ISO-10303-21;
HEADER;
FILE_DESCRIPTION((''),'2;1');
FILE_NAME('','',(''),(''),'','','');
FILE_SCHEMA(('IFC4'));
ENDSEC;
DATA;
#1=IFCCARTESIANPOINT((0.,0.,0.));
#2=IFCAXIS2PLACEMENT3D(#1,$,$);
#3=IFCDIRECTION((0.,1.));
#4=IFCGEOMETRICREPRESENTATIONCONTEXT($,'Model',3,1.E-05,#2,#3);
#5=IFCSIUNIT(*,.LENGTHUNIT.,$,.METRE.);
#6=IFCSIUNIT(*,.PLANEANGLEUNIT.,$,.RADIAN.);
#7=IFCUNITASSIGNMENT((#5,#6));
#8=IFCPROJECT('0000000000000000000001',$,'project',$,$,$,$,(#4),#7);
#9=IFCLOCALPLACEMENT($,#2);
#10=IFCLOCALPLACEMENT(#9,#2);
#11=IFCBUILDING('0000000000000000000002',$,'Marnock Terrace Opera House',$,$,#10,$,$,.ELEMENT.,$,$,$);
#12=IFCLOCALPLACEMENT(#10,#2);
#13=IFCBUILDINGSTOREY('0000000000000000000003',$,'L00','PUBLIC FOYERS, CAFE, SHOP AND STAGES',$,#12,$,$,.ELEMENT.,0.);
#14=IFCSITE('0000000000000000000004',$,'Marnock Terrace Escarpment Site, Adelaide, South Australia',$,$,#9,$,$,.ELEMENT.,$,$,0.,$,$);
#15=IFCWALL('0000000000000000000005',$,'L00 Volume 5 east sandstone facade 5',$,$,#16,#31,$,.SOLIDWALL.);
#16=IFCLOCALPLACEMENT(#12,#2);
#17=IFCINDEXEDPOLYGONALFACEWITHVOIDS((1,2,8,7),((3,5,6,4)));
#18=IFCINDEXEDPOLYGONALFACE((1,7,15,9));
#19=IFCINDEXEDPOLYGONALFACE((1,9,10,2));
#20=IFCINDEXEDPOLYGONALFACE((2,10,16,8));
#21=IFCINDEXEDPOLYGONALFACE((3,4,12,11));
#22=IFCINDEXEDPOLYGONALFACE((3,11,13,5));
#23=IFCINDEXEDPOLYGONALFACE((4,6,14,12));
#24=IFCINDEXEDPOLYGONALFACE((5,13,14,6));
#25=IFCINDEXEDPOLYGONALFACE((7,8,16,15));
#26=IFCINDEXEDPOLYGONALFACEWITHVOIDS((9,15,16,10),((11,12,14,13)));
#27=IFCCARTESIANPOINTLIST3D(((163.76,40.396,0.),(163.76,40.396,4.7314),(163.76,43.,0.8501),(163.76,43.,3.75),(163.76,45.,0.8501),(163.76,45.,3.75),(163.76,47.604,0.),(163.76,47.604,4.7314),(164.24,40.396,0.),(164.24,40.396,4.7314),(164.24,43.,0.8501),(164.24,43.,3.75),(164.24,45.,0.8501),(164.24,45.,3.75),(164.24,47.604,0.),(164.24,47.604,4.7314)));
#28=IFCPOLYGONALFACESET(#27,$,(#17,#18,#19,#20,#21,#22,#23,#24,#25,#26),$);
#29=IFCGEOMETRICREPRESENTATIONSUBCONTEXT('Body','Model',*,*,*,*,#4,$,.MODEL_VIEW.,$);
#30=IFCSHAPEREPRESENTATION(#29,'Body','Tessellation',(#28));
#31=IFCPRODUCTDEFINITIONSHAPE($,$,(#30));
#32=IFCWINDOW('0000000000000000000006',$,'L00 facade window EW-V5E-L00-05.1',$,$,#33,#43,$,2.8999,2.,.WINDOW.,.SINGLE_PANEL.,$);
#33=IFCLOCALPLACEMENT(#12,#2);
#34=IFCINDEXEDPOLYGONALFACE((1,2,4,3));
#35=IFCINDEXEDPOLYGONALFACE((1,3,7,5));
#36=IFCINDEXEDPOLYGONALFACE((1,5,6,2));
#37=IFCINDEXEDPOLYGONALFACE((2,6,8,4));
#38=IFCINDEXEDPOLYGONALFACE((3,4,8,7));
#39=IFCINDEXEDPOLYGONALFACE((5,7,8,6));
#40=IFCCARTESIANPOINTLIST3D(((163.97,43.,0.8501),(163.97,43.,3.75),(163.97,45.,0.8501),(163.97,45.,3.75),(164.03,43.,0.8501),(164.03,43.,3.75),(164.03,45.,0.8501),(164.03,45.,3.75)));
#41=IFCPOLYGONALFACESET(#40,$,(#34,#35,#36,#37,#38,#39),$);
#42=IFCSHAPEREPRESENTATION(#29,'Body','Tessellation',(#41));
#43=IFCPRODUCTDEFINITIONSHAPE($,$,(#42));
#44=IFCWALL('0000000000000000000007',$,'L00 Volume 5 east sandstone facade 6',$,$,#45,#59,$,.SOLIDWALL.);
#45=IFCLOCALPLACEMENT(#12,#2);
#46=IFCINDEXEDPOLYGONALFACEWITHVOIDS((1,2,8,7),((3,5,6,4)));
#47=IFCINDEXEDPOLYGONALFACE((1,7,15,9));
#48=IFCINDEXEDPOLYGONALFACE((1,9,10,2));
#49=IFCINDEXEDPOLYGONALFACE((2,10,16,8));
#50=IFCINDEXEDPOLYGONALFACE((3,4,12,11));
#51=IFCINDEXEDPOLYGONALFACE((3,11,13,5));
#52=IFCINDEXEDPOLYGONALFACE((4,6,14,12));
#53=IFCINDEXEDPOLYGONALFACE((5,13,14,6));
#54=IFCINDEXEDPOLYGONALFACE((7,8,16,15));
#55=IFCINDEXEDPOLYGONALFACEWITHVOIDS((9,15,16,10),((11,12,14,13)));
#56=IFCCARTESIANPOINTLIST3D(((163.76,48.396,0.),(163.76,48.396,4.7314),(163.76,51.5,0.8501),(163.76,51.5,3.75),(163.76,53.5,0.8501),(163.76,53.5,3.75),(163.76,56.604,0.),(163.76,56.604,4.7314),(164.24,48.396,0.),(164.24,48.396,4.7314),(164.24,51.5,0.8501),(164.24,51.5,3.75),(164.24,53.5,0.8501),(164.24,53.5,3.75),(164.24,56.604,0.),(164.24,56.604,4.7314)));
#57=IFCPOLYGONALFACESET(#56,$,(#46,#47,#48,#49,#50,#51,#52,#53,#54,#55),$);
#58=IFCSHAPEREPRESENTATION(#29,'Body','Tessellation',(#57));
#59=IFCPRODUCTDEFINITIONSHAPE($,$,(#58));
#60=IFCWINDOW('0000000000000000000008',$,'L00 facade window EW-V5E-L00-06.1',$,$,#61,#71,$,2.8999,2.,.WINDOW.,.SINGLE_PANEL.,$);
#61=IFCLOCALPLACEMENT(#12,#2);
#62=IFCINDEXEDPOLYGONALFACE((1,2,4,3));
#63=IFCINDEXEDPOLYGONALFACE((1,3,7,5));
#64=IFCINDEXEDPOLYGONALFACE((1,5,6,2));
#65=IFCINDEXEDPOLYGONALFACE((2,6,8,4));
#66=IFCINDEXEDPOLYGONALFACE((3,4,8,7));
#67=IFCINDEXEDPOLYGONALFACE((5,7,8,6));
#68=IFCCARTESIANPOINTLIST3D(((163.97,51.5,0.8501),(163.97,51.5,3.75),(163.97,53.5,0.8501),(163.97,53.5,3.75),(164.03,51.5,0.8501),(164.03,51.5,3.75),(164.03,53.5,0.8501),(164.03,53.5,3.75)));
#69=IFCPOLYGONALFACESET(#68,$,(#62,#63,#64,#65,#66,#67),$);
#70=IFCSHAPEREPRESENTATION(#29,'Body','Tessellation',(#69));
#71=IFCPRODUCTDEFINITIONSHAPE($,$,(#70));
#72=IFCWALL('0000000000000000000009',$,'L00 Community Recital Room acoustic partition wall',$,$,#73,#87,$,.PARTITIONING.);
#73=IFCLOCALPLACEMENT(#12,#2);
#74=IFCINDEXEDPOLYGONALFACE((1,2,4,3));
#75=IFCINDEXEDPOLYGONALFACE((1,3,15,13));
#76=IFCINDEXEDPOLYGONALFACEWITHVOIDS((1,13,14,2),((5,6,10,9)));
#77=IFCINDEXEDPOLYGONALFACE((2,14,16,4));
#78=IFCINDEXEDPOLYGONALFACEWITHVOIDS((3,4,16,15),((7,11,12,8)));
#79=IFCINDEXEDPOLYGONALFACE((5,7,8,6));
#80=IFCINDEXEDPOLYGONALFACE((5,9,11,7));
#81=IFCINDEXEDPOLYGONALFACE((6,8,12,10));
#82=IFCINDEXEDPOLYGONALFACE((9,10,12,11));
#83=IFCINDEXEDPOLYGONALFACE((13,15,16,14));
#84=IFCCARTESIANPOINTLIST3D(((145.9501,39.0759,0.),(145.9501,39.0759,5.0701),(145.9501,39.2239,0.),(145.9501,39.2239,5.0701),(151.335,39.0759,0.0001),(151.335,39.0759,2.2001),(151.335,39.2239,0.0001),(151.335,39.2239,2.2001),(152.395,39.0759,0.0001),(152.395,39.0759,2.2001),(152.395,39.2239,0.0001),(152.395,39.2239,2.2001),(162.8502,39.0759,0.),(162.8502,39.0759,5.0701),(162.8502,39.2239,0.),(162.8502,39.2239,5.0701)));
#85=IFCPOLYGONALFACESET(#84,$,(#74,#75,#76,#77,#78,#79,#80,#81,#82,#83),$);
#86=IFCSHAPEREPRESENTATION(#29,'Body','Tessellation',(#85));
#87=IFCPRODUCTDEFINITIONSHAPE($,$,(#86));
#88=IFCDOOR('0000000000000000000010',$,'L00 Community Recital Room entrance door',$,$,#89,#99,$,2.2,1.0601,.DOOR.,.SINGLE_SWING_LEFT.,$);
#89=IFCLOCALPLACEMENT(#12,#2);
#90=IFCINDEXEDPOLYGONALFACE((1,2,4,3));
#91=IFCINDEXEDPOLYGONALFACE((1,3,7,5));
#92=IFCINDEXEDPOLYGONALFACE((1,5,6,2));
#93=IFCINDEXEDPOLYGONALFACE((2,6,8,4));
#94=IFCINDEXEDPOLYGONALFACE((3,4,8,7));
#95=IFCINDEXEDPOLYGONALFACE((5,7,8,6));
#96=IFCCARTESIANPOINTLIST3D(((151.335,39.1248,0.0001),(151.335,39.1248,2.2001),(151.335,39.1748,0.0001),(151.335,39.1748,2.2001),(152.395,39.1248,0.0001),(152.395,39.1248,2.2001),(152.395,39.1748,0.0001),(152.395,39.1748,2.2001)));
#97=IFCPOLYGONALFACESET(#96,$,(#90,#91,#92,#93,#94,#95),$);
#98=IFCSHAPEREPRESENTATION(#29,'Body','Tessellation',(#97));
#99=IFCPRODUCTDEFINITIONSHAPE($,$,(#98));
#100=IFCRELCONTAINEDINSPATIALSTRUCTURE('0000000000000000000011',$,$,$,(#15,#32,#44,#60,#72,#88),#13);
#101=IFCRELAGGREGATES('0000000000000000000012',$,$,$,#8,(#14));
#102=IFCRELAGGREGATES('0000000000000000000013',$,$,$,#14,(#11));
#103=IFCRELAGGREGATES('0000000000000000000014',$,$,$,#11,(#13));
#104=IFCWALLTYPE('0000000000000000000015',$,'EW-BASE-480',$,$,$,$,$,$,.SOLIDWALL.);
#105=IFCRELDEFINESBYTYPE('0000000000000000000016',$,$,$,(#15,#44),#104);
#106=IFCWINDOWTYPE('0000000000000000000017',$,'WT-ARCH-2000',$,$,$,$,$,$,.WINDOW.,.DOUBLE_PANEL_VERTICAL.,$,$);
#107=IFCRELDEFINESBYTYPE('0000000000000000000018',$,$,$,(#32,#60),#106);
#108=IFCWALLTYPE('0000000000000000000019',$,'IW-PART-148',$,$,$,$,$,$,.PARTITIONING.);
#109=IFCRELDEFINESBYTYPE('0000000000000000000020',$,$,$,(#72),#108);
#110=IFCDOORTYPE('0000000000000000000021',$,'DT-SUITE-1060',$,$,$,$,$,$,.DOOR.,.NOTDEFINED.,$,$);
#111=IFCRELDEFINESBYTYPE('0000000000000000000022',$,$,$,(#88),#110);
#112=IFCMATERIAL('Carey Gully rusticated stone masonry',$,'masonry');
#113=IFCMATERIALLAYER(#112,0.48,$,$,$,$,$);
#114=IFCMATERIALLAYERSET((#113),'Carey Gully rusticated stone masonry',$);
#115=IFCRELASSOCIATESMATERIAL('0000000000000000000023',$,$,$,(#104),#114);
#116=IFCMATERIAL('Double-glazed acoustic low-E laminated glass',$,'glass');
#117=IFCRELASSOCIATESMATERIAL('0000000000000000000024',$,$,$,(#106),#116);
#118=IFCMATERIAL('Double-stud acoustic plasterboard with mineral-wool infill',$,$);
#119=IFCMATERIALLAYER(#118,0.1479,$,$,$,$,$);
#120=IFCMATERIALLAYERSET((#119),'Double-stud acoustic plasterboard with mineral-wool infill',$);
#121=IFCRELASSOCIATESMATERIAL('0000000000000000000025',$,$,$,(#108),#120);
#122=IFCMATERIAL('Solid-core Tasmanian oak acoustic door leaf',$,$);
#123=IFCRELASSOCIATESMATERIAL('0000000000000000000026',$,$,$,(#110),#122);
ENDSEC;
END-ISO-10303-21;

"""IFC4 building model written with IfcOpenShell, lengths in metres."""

from ifc_helpers import new_model, si_unit, direction, frame, frame_2d, origin, place, context, subcontext, project, spatial, rectangle, extrude, material, layer, layer_set, type_object, element, fill, save


model = new_model("IFC4")

# Units and contexts
model_context = context("Model", 3, precision=1e-05, world=origin(), true_north=direction((0.0, 1.0)))
body_context = subcontext(model_context, "Body", "Model", "MODEL_VIEW")
ifc_project = project(units=[si_unit("LENGTHUNIT", "METRE"), si_unit("PLANEANGLEUNIT", "RADIAN")], contexts=[model_context])

# Site, building, storey
site_placement = place(None, origin())
site = spatial("IfcSite", under=ifc_project, at=site_placement, Name="Marnock Terrace Escarpment Site, Adelaide, South Australia", CompositionType="ELEMENT", RefElevation=0.0)
building_placement = place(site_placement, origin())
building = spatial("IfcBuilding", under=site, at=building_placement, Name="Marnock Terrace Opera House", CompositionType="ELEMENT")
storey_placement = place(building_placement, origin())
storey = spatial("IfcBuildingStorey", under=building, at=storey_placement, Name="L00", Description="PUBLIC FOYERS, CAFE, SHOP AND STAGES", CompositionType="ELEMENT", Elevation=0.0)

# Walls, openings, windows
ifc_material_1 = material(Name="Carey Gully rusticated stone masonry", Category="masonry")
ifc_layer_1 = layer(ifc_material_1, 0.48)
ifc_layer_set_1 = layer_set([ifc_layer_1], Name="Carey Gully rusticated stone masonry")
wall_type_1 = type_object("IfcWallType", Name="EW-BASE-480", PredefinedType="SOLIDWALL", material=ifc_layer_set_1)
wall_1_placement = place(storey_placement, frame((164.0, 40.396, 0.0), z_axis=(0.0, 0.0, 1.0), x_axis=(0.0, 1.0, 0.0)))
wall_1 = element("IfcWall", 1, at=wall_1_placement, inside=storey, type_object=wall_type_1, Name="L00 Volume 5 east sandstone facade 5", PredefinedType="SOLIDWALL", context=body_context, shape_type="SweptSolid", body=[
    extrude(rectangle(XDim=7.208, YDim=0.48, at=frame_2d((3.604, 0.0))), origin(), (0.0, 0.0, 1.0), 4.7314),
])
opening_1_placement = place(wall_1_placement, frame((2.604, 0.0, 0.8501)))
opening_1 = element("IfcOpeningElement", 2, at=opening_1_placement, cuts=wall_1, PredefinedType="OPENING", context=body_context, shape_type="SweptSolid", body=[
    extrude(rectangle(XDim=2.0, YDim=2.8999, at=frame_2d((1.0, 1.45))), frame((0.0, 0.25, 0.0), z_axis=(0.0, -1.0, 0.0), x_axis=(1.0, 0.0, 0.0)), (0.0, 0.0, 1.0), 0.5),
])
ifc_material_2 = material(Name="Double-glazed acoustic low-E laminated glass", Category="glass")
window_type = type_object("IfcWindowType", Name="WT-ARCH-2000", PartitioningType="DOUBLE_PANEL_VERTICAL", PredefinedType="WINDOW", material=ifc_material_2)
window_1_placement = place(opening_1_placement, origin())
window_1 = element("IfcWindow", 3, at=window_1_placement, inside=storey, type_object=window_type, Name="L00 facade window EW-V5E-L00-05.1", OverallHeight=2.8999, OverallWidth=2.0, PartitioningType="SINGLE_PANEL", PredefinedType="WINDOW", context=body_context, shape_type="SweptSolid", body=[
    extrude(rectangle(XDim=2.0, YDim=2.8999, at=frame_2d((1.0, 1.45))), frame((0.0, 0.03, 0.0), z_axis=(0.0, -1.0, 0.0), x_axis=(1.0, 0.0, 0.0)), (0.0, 0.0, 1.0), 0.0601),
])
fill(opening_1, window_1)
wall_2_placement = place(storey_placement, frame((164.0, 48.396, 0.0), z_axis=(0.0, 0.0, 1.0), x_axis=(0.0, 1.0, 0.0)))
wall_2 = element("IfcWall", 4, at=wall_2_placement, inside=storey, type_object=wall_type_1, Name="L00 Volume 5 east sandstone facade 6", PredefinedType="SOLIDWALL", context=body_context, shape_type="SweptSolid", body=[
    extrude(rectangle(XDim=8.208, YDim=0.48, at=frame_2d((4.104, 0.0))), origin(), (0.0, 0.0, 1.0), 4.7314),
])
opening_2_placement = place(wall_2_placement, frame((3.104, 0.0, 0.8501)))
opening_2 = element("IfcOpeningElement", 5, at=opening_2_placement, cuts=wall_2, PredefinedType="OPENING", context=body_context, shape_type="SweptSolid", body=[
    extrude(rectangle(XDim=2.0, YDim=2.8999, at=frame_2d((1.0, 1.45))), frame((0.0, 0.25, 0.0), z_axis=(0.0, -1.0, 0.0), x_axis=(1.0, 0.0, 0.0)), (0.0, 0.0, 1.0), 0.5),
])
window_2_placement = place(opening_2_placement, origin())
window_2 = element("IfcWindow", 6, at=window_2_placement, inside=storey, type_object=window_type, Name="L00 facade window EW-V5E-L00-06.1", OverallHeight=2.8999, OverallWidth=2.0, PartitioningType="SINGLE_PANEL", PredefinedType="WINDOW", context=body_context, shape_type="SweptSolid", body=[
    extrude(rectangle(XDim=2.0, YDim=2.8999, at=frame_2d((1.0, 1.45))), frame((0.0, 0.03, 0.0), z_axis=(0.0, -1.0, 0.0), x_axis=(1.0, 0.0, 0.0)), (0.0, 0.0, 1.0), 0.0601),
])
fill(opening_2, window_2)

# Wall, opening, door
ifc_material_3 = material(Name="Double-stud acoustic plasterboard with mineral-wool infill")
ifc_layer_2 = layer(ifc_material_3, 0.1479)
ifc_layer_set_2 = layer_set([ifc_layer_2], Name="Double-stud acoustic plasterboard with mineral-wool infill")
wall_type_2 = type_object("IfcWallType", Name="IW-PART-148", PredefinedType="PARTITIONING", material=ifc_layer_set_2)
wall_3_placement = place(storey_placement, frame((145.95, 39.1499, 0.0), z_axis=(0.0, 0.0, 1.0), x_axis=(1.0, 0.0, 0.0)))
wall_3 = element("IfcWall", 7, at=wall_3_placement, inside=storey, type_object=wall_type_2, Name="L00 Community Recital Room acoustic partition wall", PredefinedType="PARTITIONING", context=body_context, shape_type="SweptSolid", body=[
    extrude(rectangle(XDim=16.9001, YDim=0.1479, at=frame_2d((8.4502, 0.0))), origin(), (0.0, 0.0, 1.0), 5.0701),
])
opening_3_placement = place(wall_3_placement, frame((5.385, 0.0, 0.0)))
opening_3 = element("IfcOpeningElement", 8, at=opening_3_placement, cuts=wall_3, PredefinedType="OPENING", context=body_context, shape_type="SweptSolid", body=[
    extrude(rectangle(XDim=1.0601, YDim=2.2, at=frame_2d((0.53, 1.1001))), frame((0.0, 0.084, 0.0), z_axis=(0.0, -1.0, 0.0), x_axis=(1.0, 0.0, 0.0)), (0.0, 0.0, 1.0), 0.168),
])
ifc_material_4 = material(Name="Solid-core Tasmanian oak acoustic door leaf")
door_type = type_object("IfcDoorType", Name="DT-SUITE-1060", OperationType="NOTDEFINED", PredefinedType="DOOR", material=ifc_material_4)
door_placement = place(opening_3_placement, origin())
door = element("IfcDoor", 9, at=door_placement, inside=storey, type_object=door_type, Name="L00 Community Recital Room entrance door", OperationType="SINGLE_SWING_LEFT", OverallHeight=2.2, OverallWidth=1.0601, PredefinedType="DOOR", context=body_context, shape_type="SweptSolid", body=[
    extrude(rectangle(XDim=1.0601, YDim=2.2, at=frame_2d((0.53, 1.1001))), frame((0.0, 0.0249, 0.0), z_axis=(0.0, -1.0, 0.0), x_axis=(1.0, 0.0, 0.0)), (0.0, 0.0, 1.0), 0.05),
])
fill(opening_3, door)

save(model, "model.ifc")
